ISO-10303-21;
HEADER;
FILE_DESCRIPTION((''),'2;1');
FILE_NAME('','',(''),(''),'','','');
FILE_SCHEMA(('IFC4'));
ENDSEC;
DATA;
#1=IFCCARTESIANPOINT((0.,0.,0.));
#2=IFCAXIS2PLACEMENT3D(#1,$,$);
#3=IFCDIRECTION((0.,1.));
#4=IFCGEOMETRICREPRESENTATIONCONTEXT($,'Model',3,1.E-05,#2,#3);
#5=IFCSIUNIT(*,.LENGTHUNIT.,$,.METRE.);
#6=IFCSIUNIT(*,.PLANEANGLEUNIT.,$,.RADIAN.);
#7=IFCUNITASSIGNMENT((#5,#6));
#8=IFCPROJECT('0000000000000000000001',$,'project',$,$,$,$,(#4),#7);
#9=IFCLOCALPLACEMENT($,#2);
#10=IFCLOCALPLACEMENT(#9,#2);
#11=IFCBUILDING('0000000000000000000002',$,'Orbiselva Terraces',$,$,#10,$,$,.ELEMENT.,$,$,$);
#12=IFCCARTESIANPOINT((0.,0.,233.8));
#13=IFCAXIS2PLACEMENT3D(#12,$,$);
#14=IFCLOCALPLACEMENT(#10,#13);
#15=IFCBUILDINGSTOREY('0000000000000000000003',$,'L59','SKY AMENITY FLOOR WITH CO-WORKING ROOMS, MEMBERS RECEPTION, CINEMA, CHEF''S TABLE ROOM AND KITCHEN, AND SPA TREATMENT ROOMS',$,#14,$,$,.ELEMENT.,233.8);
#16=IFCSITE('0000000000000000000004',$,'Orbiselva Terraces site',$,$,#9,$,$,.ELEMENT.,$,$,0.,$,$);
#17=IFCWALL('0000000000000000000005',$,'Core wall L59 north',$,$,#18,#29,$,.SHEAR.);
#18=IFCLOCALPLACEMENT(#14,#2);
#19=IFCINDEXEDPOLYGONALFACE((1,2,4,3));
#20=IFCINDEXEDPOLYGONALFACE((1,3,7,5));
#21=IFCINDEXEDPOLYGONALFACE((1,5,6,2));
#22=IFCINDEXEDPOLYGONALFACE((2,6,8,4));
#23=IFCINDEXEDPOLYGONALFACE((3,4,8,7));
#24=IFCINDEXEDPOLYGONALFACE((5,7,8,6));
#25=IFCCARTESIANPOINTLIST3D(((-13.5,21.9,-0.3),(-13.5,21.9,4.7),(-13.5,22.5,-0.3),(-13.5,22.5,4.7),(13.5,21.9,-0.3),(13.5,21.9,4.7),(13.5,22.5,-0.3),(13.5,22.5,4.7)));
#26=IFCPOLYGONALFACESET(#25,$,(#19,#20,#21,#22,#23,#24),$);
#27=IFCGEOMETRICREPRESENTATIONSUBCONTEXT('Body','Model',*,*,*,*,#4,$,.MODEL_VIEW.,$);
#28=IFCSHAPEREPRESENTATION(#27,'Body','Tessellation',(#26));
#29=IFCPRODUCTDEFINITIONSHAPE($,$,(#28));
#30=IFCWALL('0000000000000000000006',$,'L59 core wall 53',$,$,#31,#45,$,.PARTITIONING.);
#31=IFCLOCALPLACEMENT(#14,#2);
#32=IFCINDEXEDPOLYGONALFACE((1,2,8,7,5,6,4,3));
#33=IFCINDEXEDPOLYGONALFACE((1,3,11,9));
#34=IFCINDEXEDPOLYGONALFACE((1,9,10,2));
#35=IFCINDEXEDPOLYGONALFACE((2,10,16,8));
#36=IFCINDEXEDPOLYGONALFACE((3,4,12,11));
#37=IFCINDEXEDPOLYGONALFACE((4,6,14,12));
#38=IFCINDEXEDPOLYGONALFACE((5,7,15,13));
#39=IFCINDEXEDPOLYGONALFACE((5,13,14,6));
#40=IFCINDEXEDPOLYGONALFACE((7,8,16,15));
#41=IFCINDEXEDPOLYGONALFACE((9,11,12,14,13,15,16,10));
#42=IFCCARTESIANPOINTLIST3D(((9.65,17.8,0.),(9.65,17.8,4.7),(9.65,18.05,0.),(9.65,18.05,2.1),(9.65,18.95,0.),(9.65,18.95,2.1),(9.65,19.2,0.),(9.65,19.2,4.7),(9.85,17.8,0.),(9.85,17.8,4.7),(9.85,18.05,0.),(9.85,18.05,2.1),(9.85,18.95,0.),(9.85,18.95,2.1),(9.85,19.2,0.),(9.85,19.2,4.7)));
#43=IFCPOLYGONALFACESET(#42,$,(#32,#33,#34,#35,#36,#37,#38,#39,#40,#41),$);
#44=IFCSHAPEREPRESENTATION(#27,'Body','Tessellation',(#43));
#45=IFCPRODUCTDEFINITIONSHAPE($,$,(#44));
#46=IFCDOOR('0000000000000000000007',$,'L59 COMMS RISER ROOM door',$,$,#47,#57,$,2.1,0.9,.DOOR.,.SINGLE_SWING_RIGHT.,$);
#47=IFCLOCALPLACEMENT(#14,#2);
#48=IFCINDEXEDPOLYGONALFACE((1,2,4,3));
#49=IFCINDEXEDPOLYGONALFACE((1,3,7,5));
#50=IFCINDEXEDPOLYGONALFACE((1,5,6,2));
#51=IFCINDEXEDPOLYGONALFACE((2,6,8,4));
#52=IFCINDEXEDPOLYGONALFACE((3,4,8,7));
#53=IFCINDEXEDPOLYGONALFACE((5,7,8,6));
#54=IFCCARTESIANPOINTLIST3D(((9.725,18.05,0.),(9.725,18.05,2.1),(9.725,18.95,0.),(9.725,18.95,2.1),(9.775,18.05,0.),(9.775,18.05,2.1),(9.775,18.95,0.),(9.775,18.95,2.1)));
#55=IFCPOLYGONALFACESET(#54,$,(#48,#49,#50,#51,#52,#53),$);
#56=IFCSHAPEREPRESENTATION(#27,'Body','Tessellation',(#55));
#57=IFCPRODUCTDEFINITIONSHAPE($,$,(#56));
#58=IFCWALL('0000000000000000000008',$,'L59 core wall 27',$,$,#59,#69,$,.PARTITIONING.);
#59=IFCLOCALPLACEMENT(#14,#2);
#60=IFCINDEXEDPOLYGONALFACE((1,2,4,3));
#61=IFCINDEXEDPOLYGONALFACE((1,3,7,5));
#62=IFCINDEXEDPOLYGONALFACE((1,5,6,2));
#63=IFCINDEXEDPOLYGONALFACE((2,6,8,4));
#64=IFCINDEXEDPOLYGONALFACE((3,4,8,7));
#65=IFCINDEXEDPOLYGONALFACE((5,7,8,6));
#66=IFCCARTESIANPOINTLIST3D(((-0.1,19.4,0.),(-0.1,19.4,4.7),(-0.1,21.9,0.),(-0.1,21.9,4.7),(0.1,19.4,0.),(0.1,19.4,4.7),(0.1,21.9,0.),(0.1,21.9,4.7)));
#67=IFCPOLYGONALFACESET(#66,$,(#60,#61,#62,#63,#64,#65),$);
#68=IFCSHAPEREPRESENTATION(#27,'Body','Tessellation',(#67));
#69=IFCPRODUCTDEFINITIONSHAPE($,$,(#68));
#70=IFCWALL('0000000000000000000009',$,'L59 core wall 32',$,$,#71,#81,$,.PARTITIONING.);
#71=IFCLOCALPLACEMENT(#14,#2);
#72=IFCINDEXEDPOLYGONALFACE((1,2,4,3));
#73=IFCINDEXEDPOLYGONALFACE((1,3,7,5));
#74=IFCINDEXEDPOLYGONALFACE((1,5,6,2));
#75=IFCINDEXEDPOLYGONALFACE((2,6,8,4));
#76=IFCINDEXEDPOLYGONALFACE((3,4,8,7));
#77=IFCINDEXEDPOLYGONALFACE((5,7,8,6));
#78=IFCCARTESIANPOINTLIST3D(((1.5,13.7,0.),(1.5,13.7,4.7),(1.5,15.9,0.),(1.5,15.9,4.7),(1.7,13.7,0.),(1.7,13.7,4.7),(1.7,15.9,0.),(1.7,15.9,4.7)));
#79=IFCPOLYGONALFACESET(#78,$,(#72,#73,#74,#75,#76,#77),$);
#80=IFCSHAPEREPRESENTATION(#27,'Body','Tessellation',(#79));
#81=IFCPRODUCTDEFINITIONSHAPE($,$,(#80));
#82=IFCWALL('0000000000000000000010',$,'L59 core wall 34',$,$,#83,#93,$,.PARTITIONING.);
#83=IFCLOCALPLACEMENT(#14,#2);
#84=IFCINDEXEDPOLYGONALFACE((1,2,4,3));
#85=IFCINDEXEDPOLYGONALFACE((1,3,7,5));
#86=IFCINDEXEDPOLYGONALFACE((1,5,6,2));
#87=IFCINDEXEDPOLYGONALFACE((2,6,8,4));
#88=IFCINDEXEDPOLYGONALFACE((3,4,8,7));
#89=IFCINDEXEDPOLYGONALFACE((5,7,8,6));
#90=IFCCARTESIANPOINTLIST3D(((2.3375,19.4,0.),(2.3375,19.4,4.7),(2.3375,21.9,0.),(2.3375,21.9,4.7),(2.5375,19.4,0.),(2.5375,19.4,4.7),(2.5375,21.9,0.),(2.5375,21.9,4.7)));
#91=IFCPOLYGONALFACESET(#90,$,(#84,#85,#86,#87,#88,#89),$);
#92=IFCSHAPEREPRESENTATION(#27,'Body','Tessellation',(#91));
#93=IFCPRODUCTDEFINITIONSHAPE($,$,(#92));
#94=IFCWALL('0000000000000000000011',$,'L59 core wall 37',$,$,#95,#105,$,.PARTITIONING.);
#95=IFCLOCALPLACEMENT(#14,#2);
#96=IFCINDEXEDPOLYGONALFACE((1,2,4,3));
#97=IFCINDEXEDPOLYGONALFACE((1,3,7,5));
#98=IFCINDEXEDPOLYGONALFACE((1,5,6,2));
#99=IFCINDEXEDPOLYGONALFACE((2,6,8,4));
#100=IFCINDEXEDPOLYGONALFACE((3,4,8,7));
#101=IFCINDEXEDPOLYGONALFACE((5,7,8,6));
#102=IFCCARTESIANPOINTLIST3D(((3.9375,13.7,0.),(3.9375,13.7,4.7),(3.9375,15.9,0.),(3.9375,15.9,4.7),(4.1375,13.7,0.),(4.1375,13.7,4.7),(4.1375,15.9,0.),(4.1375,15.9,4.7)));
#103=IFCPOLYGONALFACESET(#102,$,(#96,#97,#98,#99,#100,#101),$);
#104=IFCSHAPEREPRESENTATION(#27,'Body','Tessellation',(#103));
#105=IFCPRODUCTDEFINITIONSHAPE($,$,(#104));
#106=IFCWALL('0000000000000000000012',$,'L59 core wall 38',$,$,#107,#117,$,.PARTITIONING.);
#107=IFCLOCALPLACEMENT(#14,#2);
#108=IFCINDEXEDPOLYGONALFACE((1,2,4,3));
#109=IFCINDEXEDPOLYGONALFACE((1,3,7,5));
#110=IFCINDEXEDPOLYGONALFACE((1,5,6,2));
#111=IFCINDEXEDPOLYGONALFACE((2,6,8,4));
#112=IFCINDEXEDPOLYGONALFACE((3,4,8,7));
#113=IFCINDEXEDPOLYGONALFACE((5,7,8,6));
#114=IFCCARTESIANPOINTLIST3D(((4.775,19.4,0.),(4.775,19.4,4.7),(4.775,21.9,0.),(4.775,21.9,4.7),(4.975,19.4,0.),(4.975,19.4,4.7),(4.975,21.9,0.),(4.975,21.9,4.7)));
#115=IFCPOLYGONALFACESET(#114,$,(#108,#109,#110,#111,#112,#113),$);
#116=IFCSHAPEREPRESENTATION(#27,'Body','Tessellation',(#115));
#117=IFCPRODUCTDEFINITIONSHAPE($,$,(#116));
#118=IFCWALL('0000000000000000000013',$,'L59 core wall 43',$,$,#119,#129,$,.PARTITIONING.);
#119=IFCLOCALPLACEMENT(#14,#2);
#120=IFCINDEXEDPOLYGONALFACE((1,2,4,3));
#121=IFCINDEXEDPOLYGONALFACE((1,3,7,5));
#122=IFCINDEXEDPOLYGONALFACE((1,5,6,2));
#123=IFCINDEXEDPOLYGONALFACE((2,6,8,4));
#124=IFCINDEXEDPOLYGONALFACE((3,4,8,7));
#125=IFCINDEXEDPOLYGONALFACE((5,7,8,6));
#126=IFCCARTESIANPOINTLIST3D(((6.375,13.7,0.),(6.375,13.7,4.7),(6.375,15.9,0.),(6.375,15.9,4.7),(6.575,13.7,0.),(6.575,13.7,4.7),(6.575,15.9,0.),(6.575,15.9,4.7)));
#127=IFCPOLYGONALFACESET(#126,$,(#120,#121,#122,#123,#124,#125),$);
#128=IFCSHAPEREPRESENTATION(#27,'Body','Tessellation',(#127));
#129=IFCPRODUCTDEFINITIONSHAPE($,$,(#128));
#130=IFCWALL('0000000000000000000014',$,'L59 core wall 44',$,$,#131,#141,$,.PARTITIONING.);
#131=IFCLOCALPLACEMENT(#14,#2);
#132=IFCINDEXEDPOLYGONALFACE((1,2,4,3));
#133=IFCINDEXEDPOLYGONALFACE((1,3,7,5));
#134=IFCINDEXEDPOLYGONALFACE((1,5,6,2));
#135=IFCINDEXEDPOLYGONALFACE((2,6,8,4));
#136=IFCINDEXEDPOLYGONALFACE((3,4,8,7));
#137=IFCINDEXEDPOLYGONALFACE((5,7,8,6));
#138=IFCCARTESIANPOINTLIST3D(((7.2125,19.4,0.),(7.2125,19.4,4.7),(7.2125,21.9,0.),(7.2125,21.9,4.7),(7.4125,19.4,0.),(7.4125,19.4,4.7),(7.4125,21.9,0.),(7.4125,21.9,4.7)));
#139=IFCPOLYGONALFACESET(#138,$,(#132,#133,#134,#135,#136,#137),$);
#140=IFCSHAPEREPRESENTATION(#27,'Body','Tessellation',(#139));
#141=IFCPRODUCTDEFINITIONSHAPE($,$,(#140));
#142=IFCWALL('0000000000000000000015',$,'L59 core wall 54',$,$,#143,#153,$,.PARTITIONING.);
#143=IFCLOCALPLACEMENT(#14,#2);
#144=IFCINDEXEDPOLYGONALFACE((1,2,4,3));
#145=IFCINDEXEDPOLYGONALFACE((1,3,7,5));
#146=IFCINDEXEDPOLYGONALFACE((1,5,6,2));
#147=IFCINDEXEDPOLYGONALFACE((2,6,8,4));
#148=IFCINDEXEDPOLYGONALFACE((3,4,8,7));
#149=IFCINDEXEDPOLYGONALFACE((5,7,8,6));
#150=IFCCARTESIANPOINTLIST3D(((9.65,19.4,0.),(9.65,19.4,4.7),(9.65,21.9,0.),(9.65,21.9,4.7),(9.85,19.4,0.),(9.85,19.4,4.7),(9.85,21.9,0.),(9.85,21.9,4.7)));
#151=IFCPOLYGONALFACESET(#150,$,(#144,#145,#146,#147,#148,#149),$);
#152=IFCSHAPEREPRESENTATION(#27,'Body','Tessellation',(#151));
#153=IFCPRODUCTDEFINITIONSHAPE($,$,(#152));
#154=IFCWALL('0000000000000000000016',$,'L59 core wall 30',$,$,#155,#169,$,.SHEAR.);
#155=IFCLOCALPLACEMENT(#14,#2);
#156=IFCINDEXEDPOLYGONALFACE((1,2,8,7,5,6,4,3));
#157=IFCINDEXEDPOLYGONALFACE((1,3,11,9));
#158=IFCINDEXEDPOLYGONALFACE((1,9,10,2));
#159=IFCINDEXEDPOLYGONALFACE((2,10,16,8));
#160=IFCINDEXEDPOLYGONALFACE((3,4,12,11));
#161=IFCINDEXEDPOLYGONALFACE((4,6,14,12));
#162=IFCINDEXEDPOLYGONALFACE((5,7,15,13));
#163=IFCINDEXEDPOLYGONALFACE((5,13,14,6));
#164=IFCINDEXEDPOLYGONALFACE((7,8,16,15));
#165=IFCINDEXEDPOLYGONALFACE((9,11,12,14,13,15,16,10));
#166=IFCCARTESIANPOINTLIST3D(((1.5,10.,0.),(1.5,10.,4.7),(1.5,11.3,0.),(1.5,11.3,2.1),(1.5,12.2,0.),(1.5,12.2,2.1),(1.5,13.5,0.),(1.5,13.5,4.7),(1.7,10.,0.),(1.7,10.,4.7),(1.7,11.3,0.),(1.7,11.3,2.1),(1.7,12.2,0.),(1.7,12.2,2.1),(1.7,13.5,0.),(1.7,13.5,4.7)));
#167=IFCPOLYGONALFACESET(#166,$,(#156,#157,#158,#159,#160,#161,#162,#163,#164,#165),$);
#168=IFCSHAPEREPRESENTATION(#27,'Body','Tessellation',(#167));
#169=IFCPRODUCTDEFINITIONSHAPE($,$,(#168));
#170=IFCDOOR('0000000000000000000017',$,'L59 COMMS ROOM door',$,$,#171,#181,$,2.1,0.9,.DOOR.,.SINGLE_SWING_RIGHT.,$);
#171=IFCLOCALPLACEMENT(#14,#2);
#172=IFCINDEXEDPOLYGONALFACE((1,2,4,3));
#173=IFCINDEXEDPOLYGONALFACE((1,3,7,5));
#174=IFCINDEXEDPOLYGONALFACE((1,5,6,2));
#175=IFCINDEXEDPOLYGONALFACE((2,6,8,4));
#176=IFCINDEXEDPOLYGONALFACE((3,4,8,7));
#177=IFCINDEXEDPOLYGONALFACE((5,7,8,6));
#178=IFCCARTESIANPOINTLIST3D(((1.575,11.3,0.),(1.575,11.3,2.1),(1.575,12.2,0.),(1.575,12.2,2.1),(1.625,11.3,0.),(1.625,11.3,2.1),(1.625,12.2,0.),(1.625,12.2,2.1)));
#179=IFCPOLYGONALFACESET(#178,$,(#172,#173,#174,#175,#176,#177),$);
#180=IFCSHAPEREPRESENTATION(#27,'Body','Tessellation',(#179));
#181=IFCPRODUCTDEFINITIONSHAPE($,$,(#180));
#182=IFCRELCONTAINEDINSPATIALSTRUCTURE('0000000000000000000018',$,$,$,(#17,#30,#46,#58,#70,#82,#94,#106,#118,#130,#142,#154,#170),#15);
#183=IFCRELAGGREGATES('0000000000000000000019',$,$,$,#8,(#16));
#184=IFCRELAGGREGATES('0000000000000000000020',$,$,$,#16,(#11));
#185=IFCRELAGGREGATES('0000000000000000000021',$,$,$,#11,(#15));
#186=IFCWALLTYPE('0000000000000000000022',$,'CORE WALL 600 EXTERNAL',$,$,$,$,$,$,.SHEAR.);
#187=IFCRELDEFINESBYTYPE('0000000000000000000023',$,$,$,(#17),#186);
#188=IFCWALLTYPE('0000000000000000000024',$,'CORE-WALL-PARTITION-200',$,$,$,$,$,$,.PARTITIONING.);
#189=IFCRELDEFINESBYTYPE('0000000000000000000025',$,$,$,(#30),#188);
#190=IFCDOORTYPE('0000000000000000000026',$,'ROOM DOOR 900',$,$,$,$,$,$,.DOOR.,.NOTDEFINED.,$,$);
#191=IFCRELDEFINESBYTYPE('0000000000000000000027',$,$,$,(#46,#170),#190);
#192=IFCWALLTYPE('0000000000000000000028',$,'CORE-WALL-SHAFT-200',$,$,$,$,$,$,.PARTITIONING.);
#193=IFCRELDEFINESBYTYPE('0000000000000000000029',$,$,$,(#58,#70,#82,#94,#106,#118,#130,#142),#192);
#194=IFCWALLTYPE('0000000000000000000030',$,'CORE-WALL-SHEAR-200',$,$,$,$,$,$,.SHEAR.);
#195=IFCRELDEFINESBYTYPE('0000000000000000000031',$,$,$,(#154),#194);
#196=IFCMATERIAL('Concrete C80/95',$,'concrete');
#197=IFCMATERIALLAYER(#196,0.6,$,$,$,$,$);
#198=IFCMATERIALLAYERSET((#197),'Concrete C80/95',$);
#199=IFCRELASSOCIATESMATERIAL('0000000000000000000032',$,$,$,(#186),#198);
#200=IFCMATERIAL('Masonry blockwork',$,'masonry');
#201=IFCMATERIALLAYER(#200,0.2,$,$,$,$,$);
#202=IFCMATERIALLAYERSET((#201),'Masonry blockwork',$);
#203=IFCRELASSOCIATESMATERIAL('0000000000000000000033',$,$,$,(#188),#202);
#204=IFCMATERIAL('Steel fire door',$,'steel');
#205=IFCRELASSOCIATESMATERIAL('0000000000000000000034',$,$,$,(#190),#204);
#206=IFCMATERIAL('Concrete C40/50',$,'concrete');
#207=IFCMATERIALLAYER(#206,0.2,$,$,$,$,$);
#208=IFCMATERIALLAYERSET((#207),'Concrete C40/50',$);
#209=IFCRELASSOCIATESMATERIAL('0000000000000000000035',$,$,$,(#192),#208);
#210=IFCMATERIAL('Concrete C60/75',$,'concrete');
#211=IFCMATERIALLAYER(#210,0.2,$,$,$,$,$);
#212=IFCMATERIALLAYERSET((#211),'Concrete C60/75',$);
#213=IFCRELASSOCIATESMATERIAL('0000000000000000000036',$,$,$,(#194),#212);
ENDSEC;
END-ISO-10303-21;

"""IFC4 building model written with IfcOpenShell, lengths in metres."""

from ifc_helpers import new_model, si_unit, direction, frame, frame_2d, origin, place, context, subcontext, project, spatial, rectangle, extrude, material, layer, layer_set, type_object, element, fill, save


model = new_model("IFC4")

# Units and contexts
model_context = context("Model", 3, precision=1e-05, world=origin(), true_north=direction((0.0, 1.0)))
body_context = subcontext(model_context, "Body", "Model", "MODEL_VIEW")
ifc_project = project(units=[si_unit("LENGTHUNIT", "METRE"), si_unit("PLANEANGLEUNIT", "RADIAN")], contexts=[model_context])

# Site, building, storey
site_placement = place(None, origin())
site = spatial("IfcSite", under=ifc_project, at=site_placement, Name="Orbiselva Terraces site", CompositionType="ELEMENT", RefElevation=0.0)
building_placement = place(site_placement, origin())
building = spatial("IfcBuilding", under=site, at=building_placement, Name="Orbiselva Terraces", CompositionType="ELEMENT")
storey_placement = place(building_placement, frame((0.0, 0.0, 233.8)))
storey = spatial("IfcBuildingStorey", under=building, at=storey_placement, Name="L59", Description="SKY AMENITY FLOOR WITH CO-WORKING ROOMS, MEMBERS RECEPTION, CINEMA, CHEF'S TABLE ROOM AND KITCHEN, AND SPA TREATMENT ROOMS", CompositionType="ELEMENT", Elevation=233.8)

# Wall
ifc_material_1 = material(Name="Concrete C80/95", Category="concrete")
ifc_layer_1 = layer(ifc_material_1, 0.6)
ifc_layer_set_1 = layer_set([ifc_layer_1], Name="Concrete C80/95")
wall_type_1 = type_object("IfcWallType", Name="CORE WALL 600 EXTERNAL", PredefinedType="SHEAR", material=ifc_layer_set_1)
wall_1_placement = place(storey_placement, frame((13.5, 22.2, -0.3), z_axis=(0.0, 0.0, 1.0), x_axis=(-1.0, 0.0, 0.0)))
element("IfcWall", 1, at=wall_1_placement, inside=storey, type_object=wall_type_1, Name="Core wall L59 north", PredefinedType="SHEAR", context=body_context, shape_type="SweptSolid", body=[
    extrude(rectangle(XDim=27.0, YDim=0.6, at=frame_2d((13.5, 0.0))), origin(), (0.0, 0.0, 1.0), 5.0),
])

# Wall, opening, door
ifc_material_2 = material(Name="Masonry blockwork", Category="masonry")
ifc_layer_2 = layer(ifc_material_2, 0.2)
ifc_layer_set_2 = layer_set([ifc_layer_2], Name="Masonry blockwork")
wall_type_2 = type_object("IfcWallType", Name="CORE-WALL-PARTITION-200", PredefinedType="PARTITIONING", material=ifc_layer_set_2)
wall_2_placement = place(storey_placement, frame((9.75, 19.2, 0.0), z_axis=(0.0, 0.0, 1.0), x_axis=(0.0, -1.0, 0.0)))
wall_2 = element("IfcWall", 2, at=wall_2_placement, inside=storey, type_object=wall_type_2, Name="L59 core wall 53", PredefinedType="PARTITIONING", context=body_context, shape_type="SweptSolid", body=[
    extrude(rectangle(XDim=1.4, YDim=0.2, at=frame_2d((0.7, 0.0))), origin(), (0.0, 0.0, 1.0), 4.7),
])
opening_1_placement = place(wall_2_placement, frame((0.25, 0.0, 0.0)))
opening_1 = element("IfcOpeningElement", 3, at=opening_1_placement, cuts=wall_2, PredefinedType="OPENING", context=body_context, shape_type="SweptSolid", body=[
    extrude(rectangle(XDim=0.9, YDim=2.1, at=frame_2d((0.45, 1.05))), frame((0.0, 0.11, 0.0), z_axis=(0.0, -1.0, 0.0), x_axis=(1.0, 0.0, 0.0)), (0.0, 0.0, 1.0), 0.22),
])
ifc_material_3 = material(Name="Steel fire door", Category="steel")
door_type_1 = type_object("IfcDoorType", Name="ROOM DOOR 900", OperationType="NOTDEFINED", PredefinedType="DOOR", material=ifc_material_3)
door_1_placement = place(opening_1_placement, origin())
door_1 = element("IfcDoor", 4, at=door_1_placement, inside=storey, type_object=door_type_1, Name="L59 COMMS RISER ROOM door", OperationType="SINGLE_SWING_RIGHT", OverallHeight=2.1, OverallWidth=0.9, PredefinedType="DOOR", context=body_context, shape_type="SweptSolid", body=[
    extrude(rectangle(XDim=0.9, YDim=2.1, at=frame_2d((0.45, 1.05))), frame((0.0, 0.025, 0.0), z_axis=(0.0, -1.0, 0.0), x_axis=(1.0, 0.0, 0.0)), (0.0, 0.0, 1.0), 0.05),
])
fill(opening_1, door_1)

# Walls
ifc_material_4 = material(Name="Concrete C40/50", Category="concrete")
ifc_layer_3 = layer(ifc_material_4, 0.2)
ifc_layer_set_3 = layer_set([ifc_layer_3], Name="Concrete C40/50")
wall_type_3 = type_object("IfcWallType", Name="CORE-WALL-SHAFT-200", PredefinedType="PARTITIONING", material=ifc_layer_set_3)
wall_3_placement = place(storey_placement, frame((0.0, 19.4, 0.0), z_axis=(0.0, 0.0, 1.0), x_axis=(0.0, 1.0, 0.0)))
element("IfcWall", 5, at=wall_3_placement, inside=storey, type_object=wall_type_3, Name="L59 core wall 27", PredefinedType="PARTITIONING", context=body_context, shape_type="SweptSolid", body=[
    extrude(rectangle(XDim=2.5, YDim=0.2, at=frame_2d((1.25, 0.0))), origin(), (0.0, 0.0, 1.0), 4.7),
])
wall_4_placement = place(storey_placement, frame((1.6, 13.7, 0.0), z_axis=(0.0, 0.0, 1.0), x_axis=(0.0, 1.0, 0.0)))
element("IfcWall", 6, at=wall_4_placement, inside=storey, type_object=wall_type_3, Name="L59 core wall 32", PredefinedType="PARTITIONING", context=body_context, shape_type="SweptSolid", body=[
    extrude(rectangle(XDim=2.2, YDim=0.2, at=frame_2d((1.1, 0.0))), origin(), (0.0, 0.0, 1.0), 4.7),
])
wall_5_placement = place(storey_placement, frame((2.4375, 19.4, 0.0), z_axis=(0.0, 0.0, 1.0), x_axis=(0.0, 1.0, 0.0)))
element("IfcWall", 7, at=wall_5_placement, inside=storey, type_object=wall_type_3, Name="L59 core wall 34", PredefinedType="PARTITIONING", context=body_context, shape_type="SweptSolid", body=[
    extrude(rectangle(XDim=2.5, YDim=0.2, at=frame_2d((1.25, 0.0))), origin(), (0.0, 0.0, 1.0), 4.7),
])
wall_6_placement = place(storey_placement, frame((4.0375, 13.7, 0.0), z_axis=(0.0, 0.0, 1.0), x_axis=(0.0, 1.0, 0.0)))
element("IfcWall", 8, at=wall_6_placement, inside=storey, type_object=wall_type_3, Name="L59 core wall 37", PredefinedType="PARTITIONING", context=body_context, shape_type="SweptSolid", body=[
    extrude(rectangle(XDim=2.2, YDim=0.2, at=frame_2d((1.1, 0.0))), origin(), (0.0, 0.0, 1.0), 4.7),
])
wall_7_placement = place(storey_placement, frame((4.875, 19.4, 0.0), z_axis=(0.0, 0.0, 1.0), x_axis=(0.0, 1.0, 0.0)))
element("IfcWall", 9, at=wall_7_placement, inside=storey, type_object=wall_type_3, Name="L59 core wall 38", PredefinedType="PARTITIONING", context=body_context, shape_type="SweptSolid", body=[
    extrude(rectangle(XDim=2.5, YDim=0.2, at=frame_2d((1.25, 0.0))), origin(), (0.0, 0.0, 1.0), 4.7),
])
wall_8_placement = place(storey_placement, frame((6.475, 13.7, 0.0), z_axis=(0.0, 0.0, 1.0), x_axis=(0.0, 1.0, 0.0)))
element("IfcWall", 10, at=wall_8_placement, inside=storey, type_object=wall_type_3, Name="L59 core wall 43", PredefinedType="PARTITIONING", context=body_context, shape_type="SweptSolid", body=[
    extrude(rectangle(XDim=2.2, YDim=0.2, at=frame_2d((1.1, 0.0))), origin(), (0.0, 0.0, 1.0), 4.7),
])
for number, where, z_axis, x_axis, name in (
    (11, (7.3125, 19.4, 0.0), (0.0, 0.0, 1.0), (0.0, 1.0, 0.0), "L59 core wall 44"),
    (12, (9.75, 19.4, 0.0), (0.0, 0.0, 1.0), (0.0, 1.0, 0.0), "L59 core wall 54"),
):
    element("IfcWall", number, at=place(storey_placement, frame(where, z_axis=z_axis, x_axis=x_axis)), inside=storey, type_object=wall_type_3, Name=name, PredefinedType="PARTITIONING", context=body_context, shape_type="SweptSolid", body=[
        extrude(rectangle(XDim=2.5, YDim=0.2, at=frame_2d((1.25, 0.0))), origin(), (0.0, 0.0, 1.0), 4.7),
    ])

# Wall, opening, door
ifc_material_5 = material(Name="Concrete C60/75", Category="concrete")
ifc_layer_4 = layer(ifc_material_5, 0.2)
ifc_layer_set_4 = layer_set([ifc_layer_4], Name="Concrete C60/75")
wall_type_4 = type_object("IfcWallType", Name="CORE-WALL-SHEAR-200", PredefinedType="SHEAR", material=ifc_layer_set_4)
wall_9_placement = place(storey_placement, frame((1.6, 13.5, 0.0), z_axis=(0.0, 0.0, 1.0), x_axis=(0.0, -1.0, 0.0)))
wall_9 = element("IfcWall", 13, at=wall_9_placement, inside=storey, type_object=wall_type_4, Name="L59 core wall 30", PredefinedType="SHEAR", context=body_context, shape_type="SweptSolid", body=[
    extrude(rectangle(XDim=3.5, YDim=0.2, at=frame_2d((1.75, 0.0))), origin(), (0.0, 0.0, 1.0), 4.7),
])
opening_2_placement = place(wall_9_placement, frame((1.3, 0.0, 0.0)))
opening_2 = element("IfcOpeningElement", 14, at=opening_2_placement, cuts=wall_9, PredefinedType="OPENING", context=body_context, shape_type="SweptSolid", body=[
    extrude(rectangle(XDim=0.9, YDim=2.1, at=frame_2d((0.45, 1.05))), frame((0.0, 0.11, 0.0), z_axis=(0.0, -1.0, 0.0), x_axis=(1.0, 0.0, 0.0)), (0.0, 0.0, 1.0), 0.22),
])
door_2_placement = place(opening_2_placement, origin())
door_2 = element("IfcDoor", 15, at=door_2_placement, inside=storey, type_object=door_type_1, Name="L59 COMMS ROOM door", OperationType="SINGLE_SWING_RIGHT", OverallHeight=2.1, OverallWidth=0.9, PredefinedType="DOOR", context=body_context, shape_type="SweptSolid", body=[
    extrude(rectangle(XDim=0.9, YDim=2.1, at=frame_2d((0.45, 1.05))), frame((0.0, 0.025, 0.0), z_axis=(0.0, -1.0, 0.0), x_axis=(1.0, 0.0, 0.0)), (0.0, 0.0, 1.0), 0.05),
])
fill(opening_2, door_2)

save(model, "model.ifc")
